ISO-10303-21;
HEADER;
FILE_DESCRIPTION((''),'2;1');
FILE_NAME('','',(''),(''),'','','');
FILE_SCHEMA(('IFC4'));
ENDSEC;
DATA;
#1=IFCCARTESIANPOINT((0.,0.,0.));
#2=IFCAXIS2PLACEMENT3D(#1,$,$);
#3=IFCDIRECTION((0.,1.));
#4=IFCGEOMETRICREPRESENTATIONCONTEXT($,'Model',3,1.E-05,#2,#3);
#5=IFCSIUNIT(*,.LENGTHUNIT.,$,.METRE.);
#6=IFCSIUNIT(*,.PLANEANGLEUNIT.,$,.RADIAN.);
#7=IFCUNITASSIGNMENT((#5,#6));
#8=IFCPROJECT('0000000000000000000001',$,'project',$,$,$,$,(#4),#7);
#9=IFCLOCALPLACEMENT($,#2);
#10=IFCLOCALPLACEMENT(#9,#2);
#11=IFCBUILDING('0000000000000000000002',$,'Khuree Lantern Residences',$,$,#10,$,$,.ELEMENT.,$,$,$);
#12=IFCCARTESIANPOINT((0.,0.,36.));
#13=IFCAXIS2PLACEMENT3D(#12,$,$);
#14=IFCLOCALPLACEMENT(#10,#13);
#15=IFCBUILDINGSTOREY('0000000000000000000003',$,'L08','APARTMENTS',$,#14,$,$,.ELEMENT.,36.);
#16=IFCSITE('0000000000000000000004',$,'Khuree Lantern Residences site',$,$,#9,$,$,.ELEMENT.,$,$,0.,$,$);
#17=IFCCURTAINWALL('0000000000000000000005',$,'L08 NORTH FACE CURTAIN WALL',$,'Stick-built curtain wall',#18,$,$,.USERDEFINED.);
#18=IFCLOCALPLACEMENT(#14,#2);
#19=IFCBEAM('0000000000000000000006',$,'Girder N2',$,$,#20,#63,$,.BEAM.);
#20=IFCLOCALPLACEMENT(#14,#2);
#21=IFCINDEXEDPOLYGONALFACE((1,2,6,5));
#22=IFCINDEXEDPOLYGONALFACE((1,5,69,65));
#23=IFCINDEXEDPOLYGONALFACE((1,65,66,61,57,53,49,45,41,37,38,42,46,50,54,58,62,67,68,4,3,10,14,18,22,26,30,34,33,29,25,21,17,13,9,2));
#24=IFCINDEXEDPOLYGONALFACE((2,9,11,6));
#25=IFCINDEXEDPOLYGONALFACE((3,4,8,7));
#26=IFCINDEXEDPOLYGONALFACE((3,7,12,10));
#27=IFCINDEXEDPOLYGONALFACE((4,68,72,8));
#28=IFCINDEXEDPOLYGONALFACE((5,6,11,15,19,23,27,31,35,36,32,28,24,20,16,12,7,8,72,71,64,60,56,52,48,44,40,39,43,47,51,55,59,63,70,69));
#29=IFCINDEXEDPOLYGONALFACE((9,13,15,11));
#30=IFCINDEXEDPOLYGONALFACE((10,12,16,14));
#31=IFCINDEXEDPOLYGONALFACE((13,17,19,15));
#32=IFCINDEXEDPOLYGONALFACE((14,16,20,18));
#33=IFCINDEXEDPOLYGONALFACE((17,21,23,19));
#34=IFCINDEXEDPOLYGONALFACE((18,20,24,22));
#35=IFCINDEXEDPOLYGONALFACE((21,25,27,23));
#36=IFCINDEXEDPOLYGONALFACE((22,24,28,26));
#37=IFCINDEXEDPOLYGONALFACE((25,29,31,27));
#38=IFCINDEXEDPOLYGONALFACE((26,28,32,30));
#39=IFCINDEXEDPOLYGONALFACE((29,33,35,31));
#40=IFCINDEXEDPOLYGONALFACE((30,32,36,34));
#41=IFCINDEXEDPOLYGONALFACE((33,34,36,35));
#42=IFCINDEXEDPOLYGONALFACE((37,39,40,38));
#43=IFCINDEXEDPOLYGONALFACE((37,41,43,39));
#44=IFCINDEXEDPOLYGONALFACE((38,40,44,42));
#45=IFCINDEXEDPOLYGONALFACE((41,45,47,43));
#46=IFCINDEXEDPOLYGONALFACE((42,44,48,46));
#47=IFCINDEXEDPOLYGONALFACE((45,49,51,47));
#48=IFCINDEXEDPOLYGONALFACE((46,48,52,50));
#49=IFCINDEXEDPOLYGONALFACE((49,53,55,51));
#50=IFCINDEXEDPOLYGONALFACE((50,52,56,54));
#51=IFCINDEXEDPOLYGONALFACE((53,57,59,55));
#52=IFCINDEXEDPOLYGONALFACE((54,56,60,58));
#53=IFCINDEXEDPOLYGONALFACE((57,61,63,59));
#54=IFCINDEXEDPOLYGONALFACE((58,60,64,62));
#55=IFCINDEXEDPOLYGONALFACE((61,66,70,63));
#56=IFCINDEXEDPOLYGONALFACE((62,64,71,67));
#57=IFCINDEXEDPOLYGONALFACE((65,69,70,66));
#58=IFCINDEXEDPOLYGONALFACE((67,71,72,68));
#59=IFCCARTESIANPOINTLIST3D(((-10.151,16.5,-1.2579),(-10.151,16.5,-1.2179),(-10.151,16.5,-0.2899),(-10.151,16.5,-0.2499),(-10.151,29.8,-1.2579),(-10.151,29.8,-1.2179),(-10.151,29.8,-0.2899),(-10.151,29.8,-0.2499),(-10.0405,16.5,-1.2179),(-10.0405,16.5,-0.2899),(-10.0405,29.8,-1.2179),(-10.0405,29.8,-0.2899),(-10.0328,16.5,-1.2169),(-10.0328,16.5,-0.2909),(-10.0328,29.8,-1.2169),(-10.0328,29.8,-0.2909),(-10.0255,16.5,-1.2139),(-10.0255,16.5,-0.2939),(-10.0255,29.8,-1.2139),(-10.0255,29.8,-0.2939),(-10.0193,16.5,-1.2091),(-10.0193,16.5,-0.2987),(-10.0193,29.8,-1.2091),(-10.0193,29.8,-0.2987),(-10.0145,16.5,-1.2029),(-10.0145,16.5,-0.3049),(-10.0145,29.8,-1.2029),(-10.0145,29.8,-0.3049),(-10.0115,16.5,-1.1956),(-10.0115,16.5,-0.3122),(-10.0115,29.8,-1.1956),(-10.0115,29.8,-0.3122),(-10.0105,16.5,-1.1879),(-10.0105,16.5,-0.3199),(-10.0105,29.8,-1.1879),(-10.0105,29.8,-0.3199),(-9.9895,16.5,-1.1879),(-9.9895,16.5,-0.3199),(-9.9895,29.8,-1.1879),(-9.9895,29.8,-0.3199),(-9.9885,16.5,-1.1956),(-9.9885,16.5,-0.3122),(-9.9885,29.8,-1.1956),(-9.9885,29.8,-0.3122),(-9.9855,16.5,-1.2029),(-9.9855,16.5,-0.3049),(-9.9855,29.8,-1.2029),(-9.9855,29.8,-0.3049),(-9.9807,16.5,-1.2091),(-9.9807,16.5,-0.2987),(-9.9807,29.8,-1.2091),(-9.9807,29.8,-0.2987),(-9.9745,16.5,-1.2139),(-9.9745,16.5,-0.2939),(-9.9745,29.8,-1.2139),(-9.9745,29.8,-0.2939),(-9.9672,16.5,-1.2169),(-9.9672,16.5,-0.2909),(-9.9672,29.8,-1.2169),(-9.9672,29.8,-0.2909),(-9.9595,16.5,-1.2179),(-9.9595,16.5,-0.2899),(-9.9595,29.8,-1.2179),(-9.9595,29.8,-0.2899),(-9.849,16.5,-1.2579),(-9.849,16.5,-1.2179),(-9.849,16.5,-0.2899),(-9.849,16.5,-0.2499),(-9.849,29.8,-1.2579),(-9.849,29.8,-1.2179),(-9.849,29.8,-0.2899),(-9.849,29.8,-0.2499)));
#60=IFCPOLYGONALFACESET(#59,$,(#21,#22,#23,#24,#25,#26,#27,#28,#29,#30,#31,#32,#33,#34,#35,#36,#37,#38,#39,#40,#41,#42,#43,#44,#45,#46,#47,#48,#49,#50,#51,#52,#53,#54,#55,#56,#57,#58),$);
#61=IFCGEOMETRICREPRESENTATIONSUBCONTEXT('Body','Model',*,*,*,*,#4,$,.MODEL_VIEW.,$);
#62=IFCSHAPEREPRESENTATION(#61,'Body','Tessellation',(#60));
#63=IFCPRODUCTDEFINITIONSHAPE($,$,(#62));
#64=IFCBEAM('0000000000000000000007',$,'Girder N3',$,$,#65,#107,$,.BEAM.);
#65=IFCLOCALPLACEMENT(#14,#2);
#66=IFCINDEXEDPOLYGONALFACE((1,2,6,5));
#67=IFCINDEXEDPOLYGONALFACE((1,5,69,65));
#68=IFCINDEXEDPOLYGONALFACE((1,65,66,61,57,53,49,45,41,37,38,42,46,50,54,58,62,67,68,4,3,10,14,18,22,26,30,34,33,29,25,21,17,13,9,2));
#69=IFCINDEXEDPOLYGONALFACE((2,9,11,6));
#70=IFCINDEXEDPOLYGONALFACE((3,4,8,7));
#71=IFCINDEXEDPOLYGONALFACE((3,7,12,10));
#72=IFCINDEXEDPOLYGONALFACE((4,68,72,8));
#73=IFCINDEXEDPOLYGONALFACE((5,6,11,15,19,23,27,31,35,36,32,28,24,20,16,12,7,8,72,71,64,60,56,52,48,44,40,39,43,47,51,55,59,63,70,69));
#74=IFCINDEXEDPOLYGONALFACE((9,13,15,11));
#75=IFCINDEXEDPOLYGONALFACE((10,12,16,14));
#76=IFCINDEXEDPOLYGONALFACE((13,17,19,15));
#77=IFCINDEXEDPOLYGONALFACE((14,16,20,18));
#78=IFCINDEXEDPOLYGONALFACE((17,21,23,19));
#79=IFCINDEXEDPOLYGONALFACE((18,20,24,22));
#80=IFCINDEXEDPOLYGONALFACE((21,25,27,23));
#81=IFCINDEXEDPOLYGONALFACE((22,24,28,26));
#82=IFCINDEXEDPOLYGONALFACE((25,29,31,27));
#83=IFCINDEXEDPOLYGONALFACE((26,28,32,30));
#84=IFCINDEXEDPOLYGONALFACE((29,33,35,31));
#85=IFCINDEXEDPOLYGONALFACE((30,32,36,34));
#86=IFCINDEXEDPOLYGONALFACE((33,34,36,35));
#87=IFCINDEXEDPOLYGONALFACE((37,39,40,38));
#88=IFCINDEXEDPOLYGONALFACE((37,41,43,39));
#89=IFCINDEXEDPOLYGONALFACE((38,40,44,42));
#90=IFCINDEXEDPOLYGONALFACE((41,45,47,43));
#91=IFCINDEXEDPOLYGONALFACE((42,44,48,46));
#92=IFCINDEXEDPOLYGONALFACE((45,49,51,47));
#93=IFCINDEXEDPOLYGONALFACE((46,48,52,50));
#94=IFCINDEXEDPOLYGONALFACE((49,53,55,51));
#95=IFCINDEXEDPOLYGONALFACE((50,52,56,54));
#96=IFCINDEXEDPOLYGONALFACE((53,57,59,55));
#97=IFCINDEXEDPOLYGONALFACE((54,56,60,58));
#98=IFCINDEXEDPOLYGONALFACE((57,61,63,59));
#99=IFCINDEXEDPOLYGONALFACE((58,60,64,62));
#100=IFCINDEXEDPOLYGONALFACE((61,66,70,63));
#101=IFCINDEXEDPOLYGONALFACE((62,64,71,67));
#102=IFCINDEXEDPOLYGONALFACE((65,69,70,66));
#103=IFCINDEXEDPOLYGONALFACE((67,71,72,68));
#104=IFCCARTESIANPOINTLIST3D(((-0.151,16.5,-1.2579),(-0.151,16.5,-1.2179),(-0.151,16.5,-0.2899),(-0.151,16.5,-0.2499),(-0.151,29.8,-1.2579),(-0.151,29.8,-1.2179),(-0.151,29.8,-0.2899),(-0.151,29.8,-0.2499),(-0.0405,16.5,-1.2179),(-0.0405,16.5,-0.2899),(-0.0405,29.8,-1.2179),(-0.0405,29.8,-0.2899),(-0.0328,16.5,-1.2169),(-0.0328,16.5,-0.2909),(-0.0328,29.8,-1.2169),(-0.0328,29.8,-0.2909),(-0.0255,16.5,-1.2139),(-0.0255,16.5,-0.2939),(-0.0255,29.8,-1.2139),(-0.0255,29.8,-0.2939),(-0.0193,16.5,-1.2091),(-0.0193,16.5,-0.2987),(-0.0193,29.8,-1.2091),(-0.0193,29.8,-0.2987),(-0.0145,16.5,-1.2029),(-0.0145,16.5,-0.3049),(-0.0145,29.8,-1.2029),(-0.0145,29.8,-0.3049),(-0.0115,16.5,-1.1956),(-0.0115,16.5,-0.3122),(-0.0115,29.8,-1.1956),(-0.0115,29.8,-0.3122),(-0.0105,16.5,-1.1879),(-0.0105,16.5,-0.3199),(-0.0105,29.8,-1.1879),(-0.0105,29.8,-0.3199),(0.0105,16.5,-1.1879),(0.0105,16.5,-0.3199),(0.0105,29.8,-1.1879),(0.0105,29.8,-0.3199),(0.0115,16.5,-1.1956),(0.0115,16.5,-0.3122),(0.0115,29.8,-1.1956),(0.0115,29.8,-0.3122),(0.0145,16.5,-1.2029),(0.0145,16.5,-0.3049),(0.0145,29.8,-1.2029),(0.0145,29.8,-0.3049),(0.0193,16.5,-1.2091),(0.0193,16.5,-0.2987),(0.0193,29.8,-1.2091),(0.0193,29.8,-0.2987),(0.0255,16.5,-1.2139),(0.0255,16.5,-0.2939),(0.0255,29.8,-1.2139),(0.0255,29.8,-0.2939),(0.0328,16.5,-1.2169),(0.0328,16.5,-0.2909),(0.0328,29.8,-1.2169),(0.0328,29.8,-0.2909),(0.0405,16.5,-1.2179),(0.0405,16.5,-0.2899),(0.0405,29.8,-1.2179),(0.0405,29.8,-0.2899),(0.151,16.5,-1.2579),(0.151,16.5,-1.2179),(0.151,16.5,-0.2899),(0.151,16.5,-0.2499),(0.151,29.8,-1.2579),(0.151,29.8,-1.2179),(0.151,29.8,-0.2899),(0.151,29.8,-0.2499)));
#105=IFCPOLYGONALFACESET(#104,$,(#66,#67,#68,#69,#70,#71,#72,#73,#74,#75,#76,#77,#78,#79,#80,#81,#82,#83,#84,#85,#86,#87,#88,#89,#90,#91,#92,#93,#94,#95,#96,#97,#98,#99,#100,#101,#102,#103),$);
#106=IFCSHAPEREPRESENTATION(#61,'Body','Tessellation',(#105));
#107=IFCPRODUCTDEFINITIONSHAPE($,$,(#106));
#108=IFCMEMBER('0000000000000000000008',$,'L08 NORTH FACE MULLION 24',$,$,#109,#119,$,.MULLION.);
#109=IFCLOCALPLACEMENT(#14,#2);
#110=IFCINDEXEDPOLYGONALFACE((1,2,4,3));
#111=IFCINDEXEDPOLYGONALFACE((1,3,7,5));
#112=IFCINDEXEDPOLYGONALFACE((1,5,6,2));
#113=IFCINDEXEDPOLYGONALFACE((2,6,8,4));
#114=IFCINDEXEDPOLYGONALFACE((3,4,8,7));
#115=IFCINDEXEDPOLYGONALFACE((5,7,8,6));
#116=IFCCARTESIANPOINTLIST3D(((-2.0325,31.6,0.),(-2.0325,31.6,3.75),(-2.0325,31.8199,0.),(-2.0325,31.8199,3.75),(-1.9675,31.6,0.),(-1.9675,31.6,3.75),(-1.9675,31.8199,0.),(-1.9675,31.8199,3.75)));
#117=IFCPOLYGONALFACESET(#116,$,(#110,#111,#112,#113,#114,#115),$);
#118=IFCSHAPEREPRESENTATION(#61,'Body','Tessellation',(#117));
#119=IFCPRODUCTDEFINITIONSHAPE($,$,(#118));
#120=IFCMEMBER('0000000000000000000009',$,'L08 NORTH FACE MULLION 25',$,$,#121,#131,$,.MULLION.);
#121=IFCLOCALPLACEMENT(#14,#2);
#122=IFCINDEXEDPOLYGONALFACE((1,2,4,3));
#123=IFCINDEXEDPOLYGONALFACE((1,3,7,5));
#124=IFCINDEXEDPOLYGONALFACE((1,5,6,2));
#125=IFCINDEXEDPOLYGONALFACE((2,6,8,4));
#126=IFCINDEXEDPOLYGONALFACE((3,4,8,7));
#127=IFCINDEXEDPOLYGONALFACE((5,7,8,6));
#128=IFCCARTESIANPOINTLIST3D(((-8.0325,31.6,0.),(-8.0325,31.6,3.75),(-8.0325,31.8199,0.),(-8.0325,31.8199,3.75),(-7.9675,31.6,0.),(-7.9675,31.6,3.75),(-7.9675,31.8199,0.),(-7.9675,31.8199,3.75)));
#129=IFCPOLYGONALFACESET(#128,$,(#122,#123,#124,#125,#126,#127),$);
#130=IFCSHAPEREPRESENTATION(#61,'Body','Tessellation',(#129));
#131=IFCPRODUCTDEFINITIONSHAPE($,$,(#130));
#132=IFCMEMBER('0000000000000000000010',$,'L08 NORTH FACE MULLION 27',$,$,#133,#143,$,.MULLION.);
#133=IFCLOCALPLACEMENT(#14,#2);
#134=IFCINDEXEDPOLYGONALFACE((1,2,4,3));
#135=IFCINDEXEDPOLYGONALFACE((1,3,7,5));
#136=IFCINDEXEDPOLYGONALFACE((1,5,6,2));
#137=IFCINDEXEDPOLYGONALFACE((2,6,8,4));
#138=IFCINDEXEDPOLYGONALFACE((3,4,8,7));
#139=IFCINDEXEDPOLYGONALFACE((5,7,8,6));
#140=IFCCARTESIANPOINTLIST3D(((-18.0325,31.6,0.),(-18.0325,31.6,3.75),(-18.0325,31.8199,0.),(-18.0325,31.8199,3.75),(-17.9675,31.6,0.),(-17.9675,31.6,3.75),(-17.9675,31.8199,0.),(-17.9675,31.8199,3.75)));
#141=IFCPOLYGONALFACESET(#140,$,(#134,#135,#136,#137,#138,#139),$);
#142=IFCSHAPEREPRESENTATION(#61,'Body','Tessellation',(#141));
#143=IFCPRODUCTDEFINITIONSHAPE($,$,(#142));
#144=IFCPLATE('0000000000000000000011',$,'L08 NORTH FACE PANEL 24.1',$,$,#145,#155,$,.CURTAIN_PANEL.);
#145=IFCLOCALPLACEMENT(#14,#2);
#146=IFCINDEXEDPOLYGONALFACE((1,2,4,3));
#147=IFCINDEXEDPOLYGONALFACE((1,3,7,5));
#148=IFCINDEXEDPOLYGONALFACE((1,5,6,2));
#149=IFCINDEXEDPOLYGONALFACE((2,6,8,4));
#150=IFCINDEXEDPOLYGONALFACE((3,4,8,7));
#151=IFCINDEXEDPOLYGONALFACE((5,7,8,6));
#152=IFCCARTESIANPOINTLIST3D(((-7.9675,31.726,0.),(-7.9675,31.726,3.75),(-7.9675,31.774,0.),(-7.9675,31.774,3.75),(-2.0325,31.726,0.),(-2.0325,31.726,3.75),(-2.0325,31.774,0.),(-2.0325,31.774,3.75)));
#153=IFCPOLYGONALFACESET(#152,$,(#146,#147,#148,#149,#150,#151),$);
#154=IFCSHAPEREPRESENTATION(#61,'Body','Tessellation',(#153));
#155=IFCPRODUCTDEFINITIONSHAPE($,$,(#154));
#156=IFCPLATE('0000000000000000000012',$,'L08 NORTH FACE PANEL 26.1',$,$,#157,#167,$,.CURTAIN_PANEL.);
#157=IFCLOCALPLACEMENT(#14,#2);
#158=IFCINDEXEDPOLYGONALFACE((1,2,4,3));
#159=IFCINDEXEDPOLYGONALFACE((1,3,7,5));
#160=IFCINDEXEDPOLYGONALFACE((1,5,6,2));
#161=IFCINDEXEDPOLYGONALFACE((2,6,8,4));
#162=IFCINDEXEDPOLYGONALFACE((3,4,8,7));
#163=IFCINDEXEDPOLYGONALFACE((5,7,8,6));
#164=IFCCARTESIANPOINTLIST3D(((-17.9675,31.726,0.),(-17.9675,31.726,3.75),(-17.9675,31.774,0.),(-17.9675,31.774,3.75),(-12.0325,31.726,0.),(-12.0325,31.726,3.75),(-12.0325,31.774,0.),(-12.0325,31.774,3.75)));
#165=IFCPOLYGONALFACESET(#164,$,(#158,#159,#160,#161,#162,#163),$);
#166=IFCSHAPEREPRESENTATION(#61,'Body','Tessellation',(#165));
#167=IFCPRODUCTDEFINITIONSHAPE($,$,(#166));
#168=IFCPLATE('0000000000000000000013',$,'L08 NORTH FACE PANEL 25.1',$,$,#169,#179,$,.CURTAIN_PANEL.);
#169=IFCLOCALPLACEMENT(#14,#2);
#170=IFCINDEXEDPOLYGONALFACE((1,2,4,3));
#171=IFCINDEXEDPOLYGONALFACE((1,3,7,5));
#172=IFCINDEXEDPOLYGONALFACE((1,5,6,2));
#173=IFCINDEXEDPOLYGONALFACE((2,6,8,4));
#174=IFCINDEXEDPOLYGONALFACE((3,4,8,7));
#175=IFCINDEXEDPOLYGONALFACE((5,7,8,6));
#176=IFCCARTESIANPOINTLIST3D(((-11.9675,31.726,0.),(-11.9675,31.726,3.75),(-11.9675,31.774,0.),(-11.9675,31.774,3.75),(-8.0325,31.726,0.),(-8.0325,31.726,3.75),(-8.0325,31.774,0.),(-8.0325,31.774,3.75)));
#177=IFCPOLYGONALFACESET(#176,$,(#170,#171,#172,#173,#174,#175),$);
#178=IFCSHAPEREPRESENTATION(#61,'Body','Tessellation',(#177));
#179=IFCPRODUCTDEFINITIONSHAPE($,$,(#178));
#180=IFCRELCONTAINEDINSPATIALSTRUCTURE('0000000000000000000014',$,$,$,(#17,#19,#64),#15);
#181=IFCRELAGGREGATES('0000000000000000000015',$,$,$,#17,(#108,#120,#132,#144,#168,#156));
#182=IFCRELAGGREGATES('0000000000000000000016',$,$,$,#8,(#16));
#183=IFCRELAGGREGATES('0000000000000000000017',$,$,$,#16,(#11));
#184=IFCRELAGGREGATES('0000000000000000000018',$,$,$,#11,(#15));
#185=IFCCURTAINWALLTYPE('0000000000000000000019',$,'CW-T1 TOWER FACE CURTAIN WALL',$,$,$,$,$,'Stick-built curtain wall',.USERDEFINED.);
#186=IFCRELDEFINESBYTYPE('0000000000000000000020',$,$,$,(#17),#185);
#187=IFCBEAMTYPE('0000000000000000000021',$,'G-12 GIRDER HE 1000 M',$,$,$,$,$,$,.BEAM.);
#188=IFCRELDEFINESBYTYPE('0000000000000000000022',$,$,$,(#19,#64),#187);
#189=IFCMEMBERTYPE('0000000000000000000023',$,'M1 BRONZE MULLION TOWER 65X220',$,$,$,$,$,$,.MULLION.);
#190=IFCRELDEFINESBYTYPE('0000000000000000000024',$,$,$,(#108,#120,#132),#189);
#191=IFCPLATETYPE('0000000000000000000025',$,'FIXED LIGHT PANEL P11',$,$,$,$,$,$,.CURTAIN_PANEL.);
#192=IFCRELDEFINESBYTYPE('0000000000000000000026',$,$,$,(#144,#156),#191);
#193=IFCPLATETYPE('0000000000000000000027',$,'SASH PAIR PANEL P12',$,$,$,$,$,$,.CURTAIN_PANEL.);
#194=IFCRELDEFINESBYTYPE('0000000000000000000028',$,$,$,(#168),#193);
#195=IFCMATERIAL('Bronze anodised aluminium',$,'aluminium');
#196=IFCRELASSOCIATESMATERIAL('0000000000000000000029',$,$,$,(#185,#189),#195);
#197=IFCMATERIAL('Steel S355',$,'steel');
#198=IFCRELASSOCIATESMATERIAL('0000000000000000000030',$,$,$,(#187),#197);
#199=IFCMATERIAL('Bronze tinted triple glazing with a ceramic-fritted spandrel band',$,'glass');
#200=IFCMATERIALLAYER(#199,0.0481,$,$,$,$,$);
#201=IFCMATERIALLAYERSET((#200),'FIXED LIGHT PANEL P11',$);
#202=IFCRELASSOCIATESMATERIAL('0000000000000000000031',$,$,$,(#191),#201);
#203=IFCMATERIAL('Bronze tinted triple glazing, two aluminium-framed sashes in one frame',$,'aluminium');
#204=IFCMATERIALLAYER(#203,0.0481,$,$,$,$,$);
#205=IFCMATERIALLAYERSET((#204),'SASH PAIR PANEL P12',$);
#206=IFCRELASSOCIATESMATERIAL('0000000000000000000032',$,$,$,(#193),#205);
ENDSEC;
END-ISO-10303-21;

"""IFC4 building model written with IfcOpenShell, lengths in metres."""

from ifc_helpers import new_model, si_unit, direction, frame, origin, origin_2d, place, context, subcontext, project, spatial, rectangle, i_section, extrude, material, layer, layer_set, material_profile, profile_set, type_object, element, aggregate, save


model = new_model("IFC4")

# Units and contexts
model_context = context("Model", 3, precision=1e-05, world=origin(), true_north=direction((0.0, 1.0)))
body_context = subcontext(model_context, "Body", "Model", "MODEL_VIEW")
ifc_project = project(units=[si_unit("LENGTHUNIT", "METRE"), si_unit("PLANEANGLEUNIT", "RADIAN")], contexts=[model_context])

# Site, building, storey
site_placement = place(None, origin())
site = spatial("IfcSite", under=ifc_project, at=site_placement, Name="Khuree Lantern Residences site", CompositionType="ELEMENT", RefElevation=0.0)
building_placement = place(site_placement, origin())
building = spatial("IfcBuilding", under=site, at=building_placement, Name="Khuree Lantern Residences", CompositionType="ELEMENT")
storey_placement = place(building_placement, frame((0.0, 0.0, 36.0)))
storey = spatial("IfcBuildingStorey", under=building, at=storey_placement, Name="L08", Description="APARTMENTS", CompositionType="ELEMENT", Elevation=36.0)

# Shared definitions
ifc_material_1 = material(Name="Steel S355", Category="steel")

# Curtain wall
ifc_material_2 = material(Name="Bronze anodised aluminium", Category="aluminium")
curtain_wall_type = type_object("IfcCurtainWallType", Name="CW-T1 TOWER FACE CURTAIN WALL", ElementType="Stick-built curtain wall", PredefinedType="USERDEFINED", material=ifc_material_2)
curtain_wall_placement = place(storey_placement, origin())
curtain_wall = element("IfcCurtainWall", 1, at=curtain_wall_placement, inside=storey, type_object=curtain_wall_type, Name="L08 NORTH FACE CURTAIN WALL", ObjectType="Stick-built curtain wall", PredefinedType="USERDEFINED")

# Beams
ifc_material_profile_1 = material_profile(ifc_material_1, i_section(OverallWidth=0.302, OverallDepth=1.0081, WebThickness=0.021, FlangeThickness=0.04, FilletRadius=0.03, at=origin_2d()), Name="HE 1000 M")
ifc_profile_set_1 = profile_set([ifc_material_profile_1], Name="Steel S355")
beam_type_1 = type_object("IfcBeamType", Name="G-12 GIRDER HE 1000 M", PredefinedType="BEAM", material=ifc_profile_set_1)
for number, where, z_axis, x_axis, name in (
    (2, (-10.0, 29.8, -0.7539), (0.0, -1.0, 0.0), (1.0, 0.0, 0.0), "Girder N2"),
    (3, (0.0, 29.8, -0.7539), (0.0, -1.0, 0.0), (1.0, 0.0, 0.0), "Girder N3"),
):
    element("IfcBeam", number, at=place(storey_placement, frame(where, z_axis=z_axis, x_axis=x_axis)), inside=storey, type_object=beam_type_1, Name=name, PredefinedType="BEAM", context=body_context, shape_type="SweptSolid", body=[
        extrude(i_section(OverallWidth=0.302, OverallDepth=1.0081, WebThickness=0.021, FlangeThickness=0.04, FilletRadius=0.03, at=origin_2d()), origin(), (0.0, 0.0, 1.0), 13.3),
    ])

# Members
ifc_material_profile_2 = material_profile(ifc_material_2, rectangle(XDim=0.0649, YDim=0.22, at=origin_2d()), Name="M1 65X220")
ifc_profile_set_2 = profile_set([ifc_material_profile_2], Name="Bronze anodised aluminium")
member_type_1 = type_object("IfcMemberType", Name="M1 BRONZE MULLION TOWER 65X220", PredefinedType="MULLION", material=ifc_profile_set_2)
member_1_placement = place(storey_placement, frame((-2.0, 31.71, 0.0), z_axis=(0.0, 0.0, 1.0), x_axis=(-1.0, 0.0, 0.0)))
member_1 = element("IfcMember", 4, at=member_1_placement, type_object=member_type_1, Name="L08 NORTH FACE MULLION 24", PredefinedType="MULLION", context=body_context, shape_type="SweptSolid", body=[
    extrude(rectangle(XDim=0.0649, YDim=0.22, at=origin_2d()), origin(), (0.0, 0.0, 1.0), 3.75),
])
member_2_placement = place(storey_placement, frame((-8.0, 31.71, 0.0), z_axis=(0.0, 0.0, 1.0), x_axis=(-1.0, 0.0, 0.0)))
member_2 = element("IfcMember", 5, at=member_2_placement, type_object=member_type_1, Name="L08 NORTH FACE MULLION 25", PredefinedType="MULLION", context=body_context, shape_type="SweptSolid", body=[
    extrude(rectangle(XDim=0.0649, YDim=0.22, at=origin_2d()), origin(), (0.0, 0.0, 1.0), 3.75),
])
member_3_placement = place(storey_placement, frame((-18.0, 31.71, 0.0), z_axis=(0.0, 0.0, 1.0), x_axis=(-1.0, 0.0, 0.0)))
member_3 = element("IfcMember", 6, at=member_3_placement, type_object=member_type_1, Name="L08 NORTH FACE MULLION 27", PredefinedType="MULLION", context=body_context, shape_type="SweptSolid", body=[
    extrude(rectangle(XDim=0.0649, YDim=0.22, at=origin_2d()), origin(), (0.0, 0.0, 1.0), 3.75),
])

# Plates
ifc_material_3 = material(Name="Bronze tinted triple glazing with a ceramic-fritted spandrel band", Category="glass")
ifc_layer_1 = layer(ifc_material_3, 0.0481)
ifc_layer_set_1 = layer_set([ifc_layer_1], Name="FIXED LIGHT PANEL P11")
plate_type_1 = type_object("IfcPlateType", Name="FIXED LIGHT PANEL P11", PredefinedType="CURTAIN_PANEL", material=ifc_layer_set_1)
plate_1_placement = place(storey_placement, frame((-5.0, 31.75, 0.0), z_axis=(0.0, 0.0, 1.0), x_axis=(-1.0, 0.0, 0.0)))
plate_1 = element("IfcPlate", 7, at=plate_1_placement, type_object=plate_type_1, Name="L08 NORTH FACE PANEL 24.1", PredefinedType="CURTAIN_PANEL", context=body_context, shape_type="SweptSolid", body=[
    extrude(rectangle(XDim=5.9351, YDim=0.0481, at=origin_2d()), origin(), (0.0, 0.0, 1.0), 3.75),
])
plate_2_placement = place(storey_placement, frame((-15.0, 31.75, 0.0), z_axis=(0.0, 0.0, 1.0), x_axis=(-1.0, 0.0, 0.0)))
plate_2 = element("IfcPlate", 8, at=plate_2_placement, type_object=plate_type_1, Name="L08 NORTH FACE PANEL 26.1", PredefinedType="CURTAIN_PANEL", context=body_context, shape_type="SweptSolid", body=[
    extrude(rectangle(XDim=5.9351, YDim=0.0481, at=origin_2d()), origin(), (0.0, 0.0, 1.0), 3.75),
])
ifc_material_4 = material(Name="Bronze tinted triple glazing, two aluminium-framed sashes in one frame", Category="aluminium")
ifc_layer_2 = layer(ifc_material_4, 0.0481)
ifc_layer_set_2 = layer_set([ifc_layer_2], Name="SASH PAIR PANEL P12")
plate_type_2 = type_object("IfcPlateType", Name="SASH PAIR PANEL P12", PredefinedType="CURTAIN_PANEL", material=ifc_layer_set_2)
plate_3_placement = place(storey_placement, frame((-10.0, 31.75, 0.0), z_axis=(0.0, 0.0, 1.0), x_axis=(-1.0, 0.0, 0.0)))
plate_3 = element("IfcPlate", 9, at=plate_3_placement, type_object=plate_type_2, Name="L08 NORTH FACE PANEL 25.1", PredefinedType="CURTAIN_PANEL", context=body_context, shape_type="SweptSolid", body=[
    extrude(rectangle(XDim=3.9351, YDim=0.0481, at=origin_2d()), origin(), (0.0, 0.0, 1.0), 3.75),
])
aggregate(curtain_wall, [member_1, member_2, member_3, plate_1, plate_3, plate_2])

save(model, "model.ifc")
